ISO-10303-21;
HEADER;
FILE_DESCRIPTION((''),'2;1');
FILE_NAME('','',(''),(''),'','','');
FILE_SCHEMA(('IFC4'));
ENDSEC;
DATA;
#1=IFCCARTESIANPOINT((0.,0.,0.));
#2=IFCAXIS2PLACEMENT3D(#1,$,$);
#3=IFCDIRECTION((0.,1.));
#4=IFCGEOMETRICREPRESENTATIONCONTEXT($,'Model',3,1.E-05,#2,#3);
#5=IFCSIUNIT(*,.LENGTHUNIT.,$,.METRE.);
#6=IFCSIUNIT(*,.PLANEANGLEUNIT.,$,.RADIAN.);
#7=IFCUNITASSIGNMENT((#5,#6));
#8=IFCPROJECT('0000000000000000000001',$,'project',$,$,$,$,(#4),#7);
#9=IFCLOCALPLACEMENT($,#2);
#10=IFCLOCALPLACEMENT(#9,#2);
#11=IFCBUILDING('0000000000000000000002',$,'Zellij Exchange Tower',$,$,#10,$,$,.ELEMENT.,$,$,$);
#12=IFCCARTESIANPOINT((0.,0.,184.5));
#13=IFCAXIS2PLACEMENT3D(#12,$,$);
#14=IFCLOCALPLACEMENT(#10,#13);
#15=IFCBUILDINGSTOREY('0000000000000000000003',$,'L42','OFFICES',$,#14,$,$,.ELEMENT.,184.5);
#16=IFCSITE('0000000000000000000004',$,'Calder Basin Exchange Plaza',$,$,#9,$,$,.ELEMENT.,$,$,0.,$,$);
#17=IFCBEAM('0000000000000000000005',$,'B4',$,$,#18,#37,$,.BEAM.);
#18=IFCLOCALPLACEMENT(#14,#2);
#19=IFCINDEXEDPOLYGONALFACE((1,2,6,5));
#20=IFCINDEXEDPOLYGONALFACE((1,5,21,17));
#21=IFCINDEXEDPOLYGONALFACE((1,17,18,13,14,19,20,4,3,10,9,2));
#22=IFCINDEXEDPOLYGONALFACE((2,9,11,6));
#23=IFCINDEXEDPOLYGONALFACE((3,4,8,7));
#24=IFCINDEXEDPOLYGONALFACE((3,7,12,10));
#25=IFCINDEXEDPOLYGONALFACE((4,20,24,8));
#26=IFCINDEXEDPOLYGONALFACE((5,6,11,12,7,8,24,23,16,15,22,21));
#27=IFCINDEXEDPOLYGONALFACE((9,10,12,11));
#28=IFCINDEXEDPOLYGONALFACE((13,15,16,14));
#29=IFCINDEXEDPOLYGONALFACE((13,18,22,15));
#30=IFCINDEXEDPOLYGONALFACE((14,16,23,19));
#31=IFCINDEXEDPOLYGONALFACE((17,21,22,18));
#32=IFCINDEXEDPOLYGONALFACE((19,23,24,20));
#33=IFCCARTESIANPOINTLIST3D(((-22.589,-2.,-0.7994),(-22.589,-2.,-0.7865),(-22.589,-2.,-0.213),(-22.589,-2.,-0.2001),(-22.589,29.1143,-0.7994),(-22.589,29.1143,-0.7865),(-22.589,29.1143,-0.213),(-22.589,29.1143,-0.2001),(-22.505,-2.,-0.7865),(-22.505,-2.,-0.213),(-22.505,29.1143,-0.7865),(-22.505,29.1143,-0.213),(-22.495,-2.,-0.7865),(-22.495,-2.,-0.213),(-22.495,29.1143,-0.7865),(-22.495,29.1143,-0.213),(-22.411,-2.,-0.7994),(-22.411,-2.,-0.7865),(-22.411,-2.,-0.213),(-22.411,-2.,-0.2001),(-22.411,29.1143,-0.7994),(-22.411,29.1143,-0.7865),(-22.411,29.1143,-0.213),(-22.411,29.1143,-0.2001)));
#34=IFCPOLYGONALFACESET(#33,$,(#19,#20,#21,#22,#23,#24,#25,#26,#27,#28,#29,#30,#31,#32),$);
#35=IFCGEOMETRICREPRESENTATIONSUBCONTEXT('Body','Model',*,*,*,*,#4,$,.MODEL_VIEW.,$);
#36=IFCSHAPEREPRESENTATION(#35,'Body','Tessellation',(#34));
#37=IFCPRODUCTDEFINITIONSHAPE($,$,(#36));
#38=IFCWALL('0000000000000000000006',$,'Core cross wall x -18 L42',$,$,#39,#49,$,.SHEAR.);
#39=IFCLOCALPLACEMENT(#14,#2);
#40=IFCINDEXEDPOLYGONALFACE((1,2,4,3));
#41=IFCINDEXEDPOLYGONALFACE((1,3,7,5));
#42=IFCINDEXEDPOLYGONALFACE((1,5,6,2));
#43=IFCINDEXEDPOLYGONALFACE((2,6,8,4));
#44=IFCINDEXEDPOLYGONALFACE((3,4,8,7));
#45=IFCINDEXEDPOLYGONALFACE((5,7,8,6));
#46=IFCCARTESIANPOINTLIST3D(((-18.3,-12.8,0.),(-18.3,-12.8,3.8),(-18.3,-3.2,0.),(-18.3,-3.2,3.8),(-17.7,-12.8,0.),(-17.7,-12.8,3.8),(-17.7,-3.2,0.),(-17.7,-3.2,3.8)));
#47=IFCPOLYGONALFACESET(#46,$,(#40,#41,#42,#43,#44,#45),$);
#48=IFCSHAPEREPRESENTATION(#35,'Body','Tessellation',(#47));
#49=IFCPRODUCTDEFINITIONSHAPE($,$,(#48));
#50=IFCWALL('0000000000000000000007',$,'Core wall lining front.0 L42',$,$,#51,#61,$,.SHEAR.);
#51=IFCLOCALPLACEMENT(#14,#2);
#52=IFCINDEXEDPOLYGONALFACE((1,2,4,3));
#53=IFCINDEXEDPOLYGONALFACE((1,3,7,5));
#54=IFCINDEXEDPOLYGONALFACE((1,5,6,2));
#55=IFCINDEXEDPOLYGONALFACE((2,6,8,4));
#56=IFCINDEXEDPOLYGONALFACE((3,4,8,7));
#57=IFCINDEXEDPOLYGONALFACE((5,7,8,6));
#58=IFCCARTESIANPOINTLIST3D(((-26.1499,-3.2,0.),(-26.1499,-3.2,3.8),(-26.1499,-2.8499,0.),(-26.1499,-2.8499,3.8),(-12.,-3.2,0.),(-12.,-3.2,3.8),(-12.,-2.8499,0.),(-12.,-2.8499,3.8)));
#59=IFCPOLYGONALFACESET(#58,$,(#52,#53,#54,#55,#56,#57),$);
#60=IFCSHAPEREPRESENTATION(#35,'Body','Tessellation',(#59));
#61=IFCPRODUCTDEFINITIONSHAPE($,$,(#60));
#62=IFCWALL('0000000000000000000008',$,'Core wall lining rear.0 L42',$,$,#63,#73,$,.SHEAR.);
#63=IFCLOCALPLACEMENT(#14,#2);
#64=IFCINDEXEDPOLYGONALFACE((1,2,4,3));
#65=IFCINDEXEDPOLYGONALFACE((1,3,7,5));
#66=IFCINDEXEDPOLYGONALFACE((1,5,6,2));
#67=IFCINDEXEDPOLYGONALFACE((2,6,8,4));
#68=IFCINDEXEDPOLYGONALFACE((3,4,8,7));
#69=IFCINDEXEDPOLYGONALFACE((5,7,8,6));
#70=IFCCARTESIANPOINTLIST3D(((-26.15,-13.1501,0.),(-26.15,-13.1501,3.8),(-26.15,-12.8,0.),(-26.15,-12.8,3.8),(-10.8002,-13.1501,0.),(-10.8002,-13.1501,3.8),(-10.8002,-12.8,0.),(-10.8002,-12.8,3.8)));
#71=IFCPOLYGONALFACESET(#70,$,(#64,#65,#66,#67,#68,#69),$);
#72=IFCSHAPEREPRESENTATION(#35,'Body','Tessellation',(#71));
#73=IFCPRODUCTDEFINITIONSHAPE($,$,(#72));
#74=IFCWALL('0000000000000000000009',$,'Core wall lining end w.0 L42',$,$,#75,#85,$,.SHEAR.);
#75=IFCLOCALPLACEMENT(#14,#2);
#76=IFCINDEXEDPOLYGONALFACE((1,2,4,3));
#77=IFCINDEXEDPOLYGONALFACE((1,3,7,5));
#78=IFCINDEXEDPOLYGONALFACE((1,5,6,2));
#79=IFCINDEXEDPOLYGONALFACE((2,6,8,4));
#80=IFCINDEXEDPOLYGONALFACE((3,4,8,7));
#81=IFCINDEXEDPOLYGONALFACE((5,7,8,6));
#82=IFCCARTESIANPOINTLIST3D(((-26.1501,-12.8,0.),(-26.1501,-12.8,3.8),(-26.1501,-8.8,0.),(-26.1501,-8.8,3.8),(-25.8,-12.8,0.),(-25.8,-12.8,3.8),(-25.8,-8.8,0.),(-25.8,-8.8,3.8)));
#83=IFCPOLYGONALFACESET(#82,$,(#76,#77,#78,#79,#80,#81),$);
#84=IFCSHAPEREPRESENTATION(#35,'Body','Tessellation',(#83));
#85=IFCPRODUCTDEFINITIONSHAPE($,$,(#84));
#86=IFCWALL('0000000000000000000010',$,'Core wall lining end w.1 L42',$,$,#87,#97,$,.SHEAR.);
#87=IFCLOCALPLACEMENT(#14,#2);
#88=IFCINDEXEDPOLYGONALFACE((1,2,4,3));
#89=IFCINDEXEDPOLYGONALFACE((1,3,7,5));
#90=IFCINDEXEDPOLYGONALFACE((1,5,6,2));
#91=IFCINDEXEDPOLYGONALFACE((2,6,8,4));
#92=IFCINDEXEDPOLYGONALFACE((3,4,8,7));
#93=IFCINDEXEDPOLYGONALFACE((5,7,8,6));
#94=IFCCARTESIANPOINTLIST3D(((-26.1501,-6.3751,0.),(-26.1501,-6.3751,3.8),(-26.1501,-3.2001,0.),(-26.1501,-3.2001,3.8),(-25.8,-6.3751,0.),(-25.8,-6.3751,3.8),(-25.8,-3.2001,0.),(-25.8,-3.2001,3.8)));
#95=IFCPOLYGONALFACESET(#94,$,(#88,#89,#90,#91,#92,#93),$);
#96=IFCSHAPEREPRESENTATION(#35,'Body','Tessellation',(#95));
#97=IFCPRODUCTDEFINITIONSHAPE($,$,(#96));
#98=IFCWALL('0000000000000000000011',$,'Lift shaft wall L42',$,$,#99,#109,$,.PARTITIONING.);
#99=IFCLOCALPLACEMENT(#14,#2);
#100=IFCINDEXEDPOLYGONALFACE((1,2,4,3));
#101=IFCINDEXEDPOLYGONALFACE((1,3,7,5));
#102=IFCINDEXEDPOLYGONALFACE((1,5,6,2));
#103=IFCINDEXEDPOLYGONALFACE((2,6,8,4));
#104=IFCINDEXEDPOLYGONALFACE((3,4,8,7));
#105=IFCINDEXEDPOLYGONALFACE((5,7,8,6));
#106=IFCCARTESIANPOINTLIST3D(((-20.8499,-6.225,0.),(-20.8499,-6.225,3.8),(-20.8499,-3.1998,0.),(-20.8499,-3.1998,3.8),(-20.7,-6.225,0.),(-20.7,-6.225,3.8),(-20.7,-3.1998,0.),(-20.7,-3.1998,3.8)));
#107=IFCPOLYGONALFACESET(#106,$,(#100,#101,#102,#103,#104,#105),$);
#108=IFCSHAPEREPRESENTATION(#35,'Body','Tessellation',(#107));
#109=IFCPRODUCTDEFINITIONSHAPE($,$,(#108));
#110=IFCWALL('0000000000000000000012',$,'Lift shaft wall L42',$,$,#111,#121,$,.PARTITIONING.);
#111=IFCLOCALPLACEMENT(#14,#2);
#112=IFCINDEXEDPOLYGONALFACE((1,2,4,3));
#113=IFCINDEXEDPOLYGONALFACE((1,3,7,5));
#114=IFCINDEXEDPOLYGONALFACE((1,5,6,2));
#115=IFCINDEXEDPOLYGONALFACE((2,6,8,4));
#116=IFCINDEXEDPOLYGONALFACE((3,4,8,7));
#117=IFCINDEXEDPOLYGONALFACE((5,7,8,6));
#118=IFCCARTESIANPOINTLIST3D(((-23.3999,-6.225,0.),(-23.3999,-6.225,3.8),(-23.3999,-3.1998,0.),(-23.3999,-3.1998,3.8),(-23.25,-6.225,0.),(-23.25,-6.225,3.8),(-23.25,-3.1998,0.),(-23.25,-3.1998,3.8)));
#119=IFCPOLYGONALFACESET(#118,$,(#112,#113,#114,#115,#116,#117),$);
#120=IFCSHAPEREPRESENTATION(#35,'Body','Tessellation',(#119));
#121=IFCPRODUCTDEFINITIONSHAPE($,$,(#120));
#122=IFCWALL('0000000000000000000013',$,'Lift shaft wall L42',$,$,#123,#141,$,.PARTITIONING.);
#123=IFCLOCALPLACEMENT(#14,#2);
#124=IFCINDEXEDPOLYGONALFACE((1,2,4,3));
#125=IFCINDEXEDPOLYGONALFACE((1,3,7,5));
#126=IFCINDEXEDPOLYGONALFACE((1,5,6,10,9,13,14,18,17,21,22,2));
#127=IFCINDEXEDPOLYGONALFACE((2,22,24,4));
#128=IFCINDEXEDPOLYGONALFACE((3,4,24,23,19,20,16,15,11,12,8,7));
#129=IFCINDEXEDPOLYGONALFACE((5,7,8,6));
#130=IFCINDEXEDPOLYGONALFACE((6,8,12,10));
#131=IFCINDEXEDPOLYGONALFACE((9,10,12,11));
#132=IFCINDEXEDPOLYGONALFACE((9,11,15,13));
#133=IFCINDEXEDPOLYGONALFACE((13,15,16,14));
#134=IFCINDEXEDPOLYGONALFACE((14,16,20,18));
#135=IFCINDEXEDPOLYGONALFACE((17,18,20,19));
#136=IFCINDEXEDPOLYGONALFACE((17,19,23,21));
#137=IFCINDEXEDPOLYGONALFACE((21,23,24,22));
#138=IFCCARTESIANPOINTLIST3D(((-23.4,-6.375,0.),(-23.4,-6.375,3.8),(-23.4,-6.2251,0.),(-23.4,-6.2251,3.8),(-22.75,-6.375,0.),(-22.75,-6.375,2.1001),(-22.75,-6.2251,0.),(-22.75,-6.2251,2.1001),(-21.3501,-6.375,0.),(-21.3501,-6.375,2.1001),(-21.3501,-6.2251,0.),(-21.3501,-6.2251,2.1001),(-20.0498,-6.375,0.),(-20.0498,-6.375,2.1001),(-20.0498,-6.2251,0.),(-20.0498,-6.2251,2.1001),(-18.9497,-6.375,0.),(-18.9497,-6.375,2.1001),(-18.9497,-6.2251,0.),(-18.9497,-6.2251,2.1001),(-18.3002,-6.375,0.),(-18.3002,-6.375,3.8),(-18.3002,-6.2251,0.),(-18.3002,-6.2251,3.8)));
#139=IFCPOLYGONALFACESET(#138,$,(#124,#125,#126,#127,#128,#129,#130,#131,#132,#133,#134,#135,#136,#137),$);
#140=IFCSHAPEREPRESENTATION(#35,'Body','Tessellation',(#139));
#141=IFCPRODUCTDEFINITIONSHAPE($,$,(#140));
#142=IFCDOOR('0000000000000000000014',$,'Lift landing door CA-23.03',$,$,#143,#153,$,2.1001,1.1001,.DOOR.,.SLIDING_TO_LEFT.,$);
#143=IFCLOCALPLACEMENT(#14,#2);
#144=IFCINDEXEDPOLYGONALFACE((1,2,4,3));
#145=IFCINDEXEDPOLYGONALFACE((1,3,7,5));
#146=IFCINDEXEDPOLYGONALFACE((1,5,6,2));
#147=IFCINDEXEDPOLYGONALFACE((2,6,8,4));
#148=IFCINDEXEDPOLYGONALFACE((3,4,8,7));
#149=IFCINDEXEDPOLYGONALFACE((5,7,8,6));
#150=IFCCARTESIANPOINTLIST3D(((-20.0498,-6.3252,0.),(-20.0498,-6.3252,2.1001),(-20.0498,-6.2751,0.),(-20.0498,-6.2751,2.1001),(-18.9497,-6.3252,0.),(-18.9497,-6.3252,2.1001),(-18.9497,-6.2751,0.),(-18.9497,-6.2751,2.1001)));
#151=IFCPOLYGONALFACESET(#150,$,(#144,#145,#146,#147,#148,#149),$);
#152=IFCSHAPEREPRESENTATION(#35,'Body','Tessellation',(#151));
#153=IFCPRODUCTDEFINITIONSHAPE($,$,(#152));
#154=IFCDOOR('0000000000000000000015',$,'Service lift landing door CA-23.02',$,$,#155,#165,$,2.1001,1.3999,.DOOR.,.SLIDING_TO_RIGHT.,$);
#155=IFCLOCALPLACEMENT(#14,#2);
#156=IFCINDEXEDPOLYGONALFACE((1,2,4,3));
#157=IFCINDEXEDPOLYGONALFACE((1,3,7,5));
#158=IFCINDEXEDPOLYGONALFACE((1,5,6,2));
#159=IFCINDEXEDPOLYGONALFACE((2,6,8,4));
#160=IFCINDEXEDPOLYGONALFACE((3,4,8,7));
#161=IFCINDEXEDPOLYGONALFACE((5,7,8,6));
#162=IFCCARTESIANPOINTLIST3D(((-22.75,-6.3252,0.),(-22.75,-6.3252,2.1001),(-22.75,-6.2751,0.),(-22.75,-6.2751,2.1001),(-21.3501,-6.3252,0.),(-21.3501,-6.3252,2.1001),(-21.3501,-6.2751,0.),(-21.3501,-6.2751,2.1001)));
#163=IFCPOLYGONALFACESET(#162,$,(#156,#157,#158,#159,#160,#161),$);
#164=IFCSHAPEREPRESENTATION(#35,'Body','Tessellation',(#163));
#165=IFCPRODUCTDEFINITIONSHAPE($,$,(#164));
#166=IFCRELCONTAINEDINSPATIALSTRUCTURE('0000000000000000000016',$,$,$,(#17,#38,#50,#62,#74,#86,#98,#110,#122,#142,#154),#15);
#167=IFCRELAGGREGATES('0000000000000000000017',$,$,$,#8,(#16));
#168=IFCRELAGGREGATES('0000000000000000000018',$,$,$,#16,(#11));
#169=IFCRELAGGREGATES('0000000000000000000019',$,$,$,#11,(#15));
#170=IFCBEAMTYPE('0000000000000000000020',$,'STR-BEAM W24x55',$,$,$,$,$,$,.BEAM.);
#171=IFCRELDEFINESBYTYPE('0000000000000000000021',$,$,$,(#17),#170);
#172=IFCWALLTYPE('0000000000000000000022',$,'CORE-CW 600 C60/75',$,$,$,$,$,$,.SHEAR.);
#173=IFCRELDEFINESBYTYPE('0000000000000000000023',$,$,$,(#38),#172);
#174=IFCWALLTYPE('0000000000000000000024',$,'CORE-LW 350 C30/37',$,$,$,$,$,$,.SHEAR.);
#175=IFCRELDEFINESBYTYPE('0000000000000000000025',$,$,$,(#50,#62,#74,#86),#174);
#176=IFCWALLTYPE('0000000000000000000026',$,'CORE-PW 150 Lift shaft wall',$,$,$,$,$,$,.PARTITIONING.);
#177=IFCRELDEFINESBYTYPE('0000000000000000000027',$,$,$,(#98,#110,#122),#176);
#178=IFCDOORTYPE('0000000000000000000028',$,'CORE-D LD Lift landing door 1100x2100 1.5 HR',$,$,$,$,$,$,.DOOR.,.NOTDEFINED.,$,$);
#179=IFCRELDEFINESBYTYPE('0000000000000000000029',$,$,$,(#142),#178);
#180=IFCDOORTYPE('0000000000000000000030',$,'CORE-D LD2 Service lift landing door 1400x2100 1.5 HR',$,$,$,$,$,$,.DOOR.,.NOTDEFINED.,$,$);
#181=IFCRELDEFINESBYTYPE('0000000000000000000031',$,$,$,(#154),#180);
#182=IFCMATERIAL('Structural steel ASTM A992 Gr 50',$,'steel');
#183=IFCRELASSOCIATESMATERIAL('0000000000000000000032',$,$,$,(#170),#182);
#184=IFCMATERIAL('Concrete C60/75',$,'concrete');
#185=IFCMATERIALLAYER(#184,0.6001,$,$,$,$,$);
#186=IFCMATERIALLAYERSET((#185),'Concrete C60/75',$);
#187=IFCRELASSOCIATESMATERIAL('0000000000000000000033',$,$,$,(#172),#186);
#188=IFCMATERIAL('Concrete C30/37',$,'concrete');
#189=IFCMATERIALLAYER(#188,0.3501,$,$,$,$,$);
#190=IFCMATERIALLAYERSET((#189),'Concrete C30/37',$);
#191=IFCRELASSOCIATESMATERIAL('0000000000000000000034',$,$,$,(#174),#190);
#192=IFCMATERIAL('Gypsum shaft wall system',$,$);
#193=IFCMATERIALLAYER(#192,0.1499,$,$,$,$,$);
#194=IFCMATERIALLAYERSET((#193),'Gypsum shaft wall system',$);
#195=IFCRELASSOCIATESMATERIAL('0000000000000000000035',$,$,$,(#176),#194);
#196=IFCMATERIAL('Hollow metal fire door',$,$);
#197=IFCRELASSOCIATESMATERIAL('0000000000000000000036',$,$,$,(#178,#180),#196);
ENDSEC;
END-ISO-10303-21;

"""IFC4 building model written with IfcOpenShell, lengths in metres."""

from ifc_helpers import new_model, si_unit, direction, frame, frame_2d, origin, origin_2d, place, context, subcontext, project, spatial, rectangle, i_section, extrude, material, layer, layer_set, material_profile, profile_set, type_object, element, fill, save


model = new_model("IFC4")

# Units and contexts
model_context = context("Model", 3, precision=1e-05, world=origin(), true_north=direction((0.0, 1.0)))
body_context = subcontext(model_context, "Body", "Model", "MODEL_VIEW")
ifc_project = project(units=[si_unit("LENGTHUNIT", "METRE"), si_unit("PLANEANGLEUNIT", "RADIAN")], contexts=[model_context])

# Site, building, storey
site_placement = place(None, origin())
site = spatial("IfcSite", under=ifc_project, at=site_placement, Name="Calder Basin Exchange Plaza", CompositionType="ELEMENT", RefElevation=0.0)
building_placement = place(site_placement, origin())
building = spatial("IfcBuilding", under=site, at=building_placement, Name="Zellij Exchange Tower", CompositionType="ELEMENT")
storey_placement = place(building_placement, frame((0.0, 0.0, 184.5)))
storey = spatial("IfcBuildingStorey", under=building, at=storey_placement, Name="L42", Description="OFFICES", CompositionType="ELEMENT", Elevation=184.5)

# Beam
ifc_material_1 = material(Name="Structural steel ASTM A992 Gr 50", Category="steel")
ifc_material_profile = material_profile(ifc_material_1, i_section(OverallWidth=0.178, OverallDepth=0.5994, WebThickness=0.01, FlangeThickness=0.0129, at=origin_2d()), Name="W24x55")
ifc_profile_set = profile_set([ifc_material_profile], Name="Structural steel ASTM A992 Gr 50")
beam_type = type_object("IfcBeamType", Name="STR-BEAM W24x55", PredefinedType="BEAM", material=ifc_profile_set)
beam_placement = place(storey_placement, frame((-22.5, -2.0, -0.4998), z_axis=(0.0, 1.0, 0.0), x_axis=(-1.0, 0.0, 0.0)))
element("IfcBeam", 1, at=beam_placement, inside=storey, type_object=beam_type, Name="B4", PredefinedType="BEAM", context=body_context, shape_type="SweptSolid", body=[
    extrude(i_section(OverallWidth=0.178, OverallDepth=0.5994, WebThickness=0.01, FlangeThickness=0.0129, at=origin_2d()), origin(), (0.0, 0.0, 1.0), 31.1143),
])

# Walls
ifc_material_2 = material(Name="Concrete C60/75", Category="concrete")
ifc_layer_1 = layer(ifc_material_2, 0.6001)
ifc_layer_set_1 = layer_set([ifc_layer_1], Name="Concrete C60/75")
wall_type_1 = type_object("IfcWallType", Name="CORE-CW 600 C60/75", PredefinedType="SHEAR", material=ifc_layer_set_1)
wall_1_placement = place(storey_placement, frame((-18.0, -12.8, 0.0), z_axis=(0.0, 0.0, 1.0), x_axis=(0.0, 1.0, 0.0)))
element("IfcWall", 2, at=wall_1_placement, inside=storey, type_object=wall_type_1, Name="Core cross wall x -18 L42", PredefinedType="SHEAR", context=body_context, shape_type="SweptSolid", body=[
    extrude(rectangle(XDim=9.6001, YDim=0.6001, at=frame_2d((4.8, 0.0))), origin(), (0.0, 0.0, 1.0), 3.8),
])
ifc_material_3 = material(Name="Concrete C30/37", Category="concrete")
ifc_layer_2 = layer(ifc_material_3, 0.3501)
ifc_layer_set_2 = layer_set([ifc_layer_2], Name="Concrete C30/37")
wall_type_2 = type_object("IfcWallType", Name="CORE-LW 350 C30/37", PredefinedType="SHEAR", material=ifc_layer_set_2)
wall_2_placement = place(storey_placement, frame((-26.1499, -3.0249, 0.0), z_axis=(0.0, 0.0, 1.0), x_axis=(1.0, 0.0, 0.0)))
element("IfcWall", 3, at=wall_2_placement, inside=storey, type_object=wall_type_2, Name="Core wall lining front.0 L42", PredefinedType="SHEAR", context=body_context, shape_type="SweptSolid", body=[
    extrude(rectangle(XDim=14.1499, YDim=0.3501, at=frame_2d((7.075, 0.0))), origin(), (0.0, 0.0, 1.0), 3.8),
])
wall_3_placement = place(storey_placement, frame((-26.1499, -12.9751, 0.0), z_axis=(0.0, 0.0, 1.0), x_axis=(1.0, 0.0, 0.0)))
element("IfcWall", 4, at=wall_3_placement, inside=storey, type_object=wall_type_2, Name="Core wall lining rear.0 L42", PredefinedType="SHEAR", context=body_context, shape_type="SweptSolid", body=[
    extrude(rectangle(XDim=15.3499, YDim=0.3501, at=frame_2d((7.6748, 0.0))), origin(), (0.0, 0.0, 1.0), 3.8),
])
wall_4_placement = place(storey_placement, frame((-25.9751, -12.8, 0.0), z_axis=(0.0, 0.0, 1.0), x_axis=(0.0, 1.0, 0.0)))
element("IfcWall", 5, at=wall_4_placement, inside=storey, type_object=wall_type_2, Name="Core wall lining end w.0 L42", PredefinedType="SHEAR", context=body_context, shape_type="SweptSolid", body=[
    extrude(rectangle(XDim=4.0, YDim=0.3501, at=frame_2d((2.0, 0.0))), origin(), (0.0, 0.0, 1.0), 3.8),
])
wall_5_placement = place(storey_placement, frame((-25.9751, -6.375, 0.0), z_axis=(0.0, 0.0, 1.0), x_axis=(0.0, 1.0, 0.0)))
element("IfcWall", 6, at=wall_5_placement, inside=storey, type_object=wall_type_2, Name="Core wall lining end w.1 L42", PredefinedType="SHEAR", context=body_context, shape_type="SweptSolid", body=[
    extrude(rectangle(XDim=3.175, YDim=0.3501, at=frame_2d((1.5874, 0.0))), origin(), (0.0, 0.0, 1.0), 3.8),
])
ifc_material_4 = material(Name="Gypsum shaft wall system")
ifc_layer_3 = layer(ifc_material_4, 0.1499)
ifc_layer_set_3 = layer_set([ifc_layer_3], Name="Gypsum shaft wall system")
wall_type_3 = type_object("IfcWallType", Name="CORE-PW 150 Lift shaft wall", PredefinedType="PARTITIONING", material=ifc_layer_set_3)
for number, where, z_axis, x_axis, name in (
    (7, (-20.7749, -6.2251, 0.0), (0.0, 0.0, 1.0), (0.0, 1.0, 0.0), "Lift shaft wall L42"),
    (8, (-23.325, -6.2251, 0.0), (0.0, 0.0, 1.0), (0.0, 1.0, 0.0), "Lift shaft wall L42"),
):
    element("IfcWall", number, at=place(storey_placement, frame(where, z_axis=z_axis, x_axis=x_axis)), inside=storey, type_object=wall_type_3, Name=name, PredefinedType="PARTITIONING", context=body_context, shape_type="SweptSolid", body=[
        extrude(rectangle(XDim=3.0251, YDim=0.1499, at=frame_2d((1.5127, 0.0))), origin(), (0.0, 0.0, 1.0), 3.8),
    ])

# Wall, openings, doors
wall_6_placement = place(storey_placement, frame((-23.3999, -6.3, 0.0), z_axis=(0.0, 0.0, 1.0), x_axis=(1.0, 0.0, 0.0)))
wall_6 = element("IfcWall", 9, at=wall_6_placement, inside=storey, type_object=wall_type_3, Name="Lift shaft wall L42", PredefinedType="PARTITIONING", context=body_context, shape_type="SweptSolid", body=[
    extrude(rectangle(XDim=5.0999, YDim=0.1499, at=frame_2d((2.5498, 0.0))), origin(), (0.0, 0.0, 1.0), 3.8),
])
opening_1_placement = place(wall_6_placement, frame((0.6499, 0.0, 0.0)))
opening_1 = element("IfcOpeningElement", 10, at=opening_1_placement, cuts=wall_6, PredefinedType="OPENING", context=body_context, shape_type="SweptSolid", body=[
    extrude(rectangle(XDim=1.3999, YDim=2.1001, at=frame_2d((0.7, 1.05))), frame((0.0, 0.0869, 0.0), z_axis=(0.0, -1.0, 0.0), x_axis=(1.0, 0.0, 0.0)), (0.0, 0.0, 1.0), 0.1738),
])
opening_2_placement = place(wall_6_placement, frame((3.3501, 0.0, 0.0)))
opening_2 = element("IfcOpeningElement", 11, at=opening_2_placement, cuts=wall_6, PredefinedType="OPENING", context=body_context, shape_type="SweptSolid", body=[
    extrude(rectangle(XDim=1.1001, YDim=2.1001, at=frame_2d((0.55, 1.05))), frame((0.0, 0.0869, 0.0), z_axis=(0.0, -1.0, 0.0), x_axis=(1.0, 0.0, 0.0)), (0.0, 0.0, 1.0), 0.1738),
])
ifc_material_5 = material(Name="Hollow metal fire door")
door_type_1 = type_object("IfcDoorType", Name="CORE-D LD Lift landing door 1100x2100 1.5 HR", OperationType="NOTDEFINED", PredefinedType="DOOR", material=ifc_material_5)
door_1_placement = place(opening_2_placement, origin())
door_1 = element("IfcDoor", 12, at=door_1_placement, inside=storey, type_object=door_type_1, Name="Lift landing door CA-23.03", OperationType="SLIDING_TO_LEFT", OverallHeight=2.1001, OverallWidth=1.1001, PredefinedType="DOOR", context=body_context, shape_type="SweptSolid", body=[
    extrude(rectangle(XDim=1.1001, YDim=2.1001, at=frame_2d((0.55, 1.05))), frame((0.0, 0.0249, 0.0), z_axis=(0.0, -1.0, 0.0), x_axis=(1.0, 0.0, 0.0)), (0.0, 0.0, 1.0), 0.05),
])
fill(opening_2, door_1)
door_type_2 = type_object("IfcDoorType", Name="CORE-D LD2 Service lift landing door 1400x2100 1.5 HR", OperationType="NOTDEFINED", PredefinedType="DOOR", material=ifc_material_5)
door_2_placement = place(opening_1_placement, origin())
door_2 = element("IfcDoor", 13, at=door_2_placement, inside=storey, type_object=door_type_2, Name="Service lift landing door CA-23.02", OperationType="SLIDING_TO_RIGHT", OverallHeight=2.1001, OverallWidth=1.3999, PredefinedType="DOOR", context=body_context, shape_type="SweptSolid", body=[
    extrude(rectangle(XDim=1.3999, YDim=2.1001, at=frame_2d((0.7, 1.05))), frame((0.0, 0.0249, 0.0), z_axis=(0.0, -1.0, 0.0), x_axis=(1.0, 0.0, 0.0)), (0.0, 0.0, 1.0), 0.05),
])
fill(opening_1, door_2)

save(model, "model.ifc")
